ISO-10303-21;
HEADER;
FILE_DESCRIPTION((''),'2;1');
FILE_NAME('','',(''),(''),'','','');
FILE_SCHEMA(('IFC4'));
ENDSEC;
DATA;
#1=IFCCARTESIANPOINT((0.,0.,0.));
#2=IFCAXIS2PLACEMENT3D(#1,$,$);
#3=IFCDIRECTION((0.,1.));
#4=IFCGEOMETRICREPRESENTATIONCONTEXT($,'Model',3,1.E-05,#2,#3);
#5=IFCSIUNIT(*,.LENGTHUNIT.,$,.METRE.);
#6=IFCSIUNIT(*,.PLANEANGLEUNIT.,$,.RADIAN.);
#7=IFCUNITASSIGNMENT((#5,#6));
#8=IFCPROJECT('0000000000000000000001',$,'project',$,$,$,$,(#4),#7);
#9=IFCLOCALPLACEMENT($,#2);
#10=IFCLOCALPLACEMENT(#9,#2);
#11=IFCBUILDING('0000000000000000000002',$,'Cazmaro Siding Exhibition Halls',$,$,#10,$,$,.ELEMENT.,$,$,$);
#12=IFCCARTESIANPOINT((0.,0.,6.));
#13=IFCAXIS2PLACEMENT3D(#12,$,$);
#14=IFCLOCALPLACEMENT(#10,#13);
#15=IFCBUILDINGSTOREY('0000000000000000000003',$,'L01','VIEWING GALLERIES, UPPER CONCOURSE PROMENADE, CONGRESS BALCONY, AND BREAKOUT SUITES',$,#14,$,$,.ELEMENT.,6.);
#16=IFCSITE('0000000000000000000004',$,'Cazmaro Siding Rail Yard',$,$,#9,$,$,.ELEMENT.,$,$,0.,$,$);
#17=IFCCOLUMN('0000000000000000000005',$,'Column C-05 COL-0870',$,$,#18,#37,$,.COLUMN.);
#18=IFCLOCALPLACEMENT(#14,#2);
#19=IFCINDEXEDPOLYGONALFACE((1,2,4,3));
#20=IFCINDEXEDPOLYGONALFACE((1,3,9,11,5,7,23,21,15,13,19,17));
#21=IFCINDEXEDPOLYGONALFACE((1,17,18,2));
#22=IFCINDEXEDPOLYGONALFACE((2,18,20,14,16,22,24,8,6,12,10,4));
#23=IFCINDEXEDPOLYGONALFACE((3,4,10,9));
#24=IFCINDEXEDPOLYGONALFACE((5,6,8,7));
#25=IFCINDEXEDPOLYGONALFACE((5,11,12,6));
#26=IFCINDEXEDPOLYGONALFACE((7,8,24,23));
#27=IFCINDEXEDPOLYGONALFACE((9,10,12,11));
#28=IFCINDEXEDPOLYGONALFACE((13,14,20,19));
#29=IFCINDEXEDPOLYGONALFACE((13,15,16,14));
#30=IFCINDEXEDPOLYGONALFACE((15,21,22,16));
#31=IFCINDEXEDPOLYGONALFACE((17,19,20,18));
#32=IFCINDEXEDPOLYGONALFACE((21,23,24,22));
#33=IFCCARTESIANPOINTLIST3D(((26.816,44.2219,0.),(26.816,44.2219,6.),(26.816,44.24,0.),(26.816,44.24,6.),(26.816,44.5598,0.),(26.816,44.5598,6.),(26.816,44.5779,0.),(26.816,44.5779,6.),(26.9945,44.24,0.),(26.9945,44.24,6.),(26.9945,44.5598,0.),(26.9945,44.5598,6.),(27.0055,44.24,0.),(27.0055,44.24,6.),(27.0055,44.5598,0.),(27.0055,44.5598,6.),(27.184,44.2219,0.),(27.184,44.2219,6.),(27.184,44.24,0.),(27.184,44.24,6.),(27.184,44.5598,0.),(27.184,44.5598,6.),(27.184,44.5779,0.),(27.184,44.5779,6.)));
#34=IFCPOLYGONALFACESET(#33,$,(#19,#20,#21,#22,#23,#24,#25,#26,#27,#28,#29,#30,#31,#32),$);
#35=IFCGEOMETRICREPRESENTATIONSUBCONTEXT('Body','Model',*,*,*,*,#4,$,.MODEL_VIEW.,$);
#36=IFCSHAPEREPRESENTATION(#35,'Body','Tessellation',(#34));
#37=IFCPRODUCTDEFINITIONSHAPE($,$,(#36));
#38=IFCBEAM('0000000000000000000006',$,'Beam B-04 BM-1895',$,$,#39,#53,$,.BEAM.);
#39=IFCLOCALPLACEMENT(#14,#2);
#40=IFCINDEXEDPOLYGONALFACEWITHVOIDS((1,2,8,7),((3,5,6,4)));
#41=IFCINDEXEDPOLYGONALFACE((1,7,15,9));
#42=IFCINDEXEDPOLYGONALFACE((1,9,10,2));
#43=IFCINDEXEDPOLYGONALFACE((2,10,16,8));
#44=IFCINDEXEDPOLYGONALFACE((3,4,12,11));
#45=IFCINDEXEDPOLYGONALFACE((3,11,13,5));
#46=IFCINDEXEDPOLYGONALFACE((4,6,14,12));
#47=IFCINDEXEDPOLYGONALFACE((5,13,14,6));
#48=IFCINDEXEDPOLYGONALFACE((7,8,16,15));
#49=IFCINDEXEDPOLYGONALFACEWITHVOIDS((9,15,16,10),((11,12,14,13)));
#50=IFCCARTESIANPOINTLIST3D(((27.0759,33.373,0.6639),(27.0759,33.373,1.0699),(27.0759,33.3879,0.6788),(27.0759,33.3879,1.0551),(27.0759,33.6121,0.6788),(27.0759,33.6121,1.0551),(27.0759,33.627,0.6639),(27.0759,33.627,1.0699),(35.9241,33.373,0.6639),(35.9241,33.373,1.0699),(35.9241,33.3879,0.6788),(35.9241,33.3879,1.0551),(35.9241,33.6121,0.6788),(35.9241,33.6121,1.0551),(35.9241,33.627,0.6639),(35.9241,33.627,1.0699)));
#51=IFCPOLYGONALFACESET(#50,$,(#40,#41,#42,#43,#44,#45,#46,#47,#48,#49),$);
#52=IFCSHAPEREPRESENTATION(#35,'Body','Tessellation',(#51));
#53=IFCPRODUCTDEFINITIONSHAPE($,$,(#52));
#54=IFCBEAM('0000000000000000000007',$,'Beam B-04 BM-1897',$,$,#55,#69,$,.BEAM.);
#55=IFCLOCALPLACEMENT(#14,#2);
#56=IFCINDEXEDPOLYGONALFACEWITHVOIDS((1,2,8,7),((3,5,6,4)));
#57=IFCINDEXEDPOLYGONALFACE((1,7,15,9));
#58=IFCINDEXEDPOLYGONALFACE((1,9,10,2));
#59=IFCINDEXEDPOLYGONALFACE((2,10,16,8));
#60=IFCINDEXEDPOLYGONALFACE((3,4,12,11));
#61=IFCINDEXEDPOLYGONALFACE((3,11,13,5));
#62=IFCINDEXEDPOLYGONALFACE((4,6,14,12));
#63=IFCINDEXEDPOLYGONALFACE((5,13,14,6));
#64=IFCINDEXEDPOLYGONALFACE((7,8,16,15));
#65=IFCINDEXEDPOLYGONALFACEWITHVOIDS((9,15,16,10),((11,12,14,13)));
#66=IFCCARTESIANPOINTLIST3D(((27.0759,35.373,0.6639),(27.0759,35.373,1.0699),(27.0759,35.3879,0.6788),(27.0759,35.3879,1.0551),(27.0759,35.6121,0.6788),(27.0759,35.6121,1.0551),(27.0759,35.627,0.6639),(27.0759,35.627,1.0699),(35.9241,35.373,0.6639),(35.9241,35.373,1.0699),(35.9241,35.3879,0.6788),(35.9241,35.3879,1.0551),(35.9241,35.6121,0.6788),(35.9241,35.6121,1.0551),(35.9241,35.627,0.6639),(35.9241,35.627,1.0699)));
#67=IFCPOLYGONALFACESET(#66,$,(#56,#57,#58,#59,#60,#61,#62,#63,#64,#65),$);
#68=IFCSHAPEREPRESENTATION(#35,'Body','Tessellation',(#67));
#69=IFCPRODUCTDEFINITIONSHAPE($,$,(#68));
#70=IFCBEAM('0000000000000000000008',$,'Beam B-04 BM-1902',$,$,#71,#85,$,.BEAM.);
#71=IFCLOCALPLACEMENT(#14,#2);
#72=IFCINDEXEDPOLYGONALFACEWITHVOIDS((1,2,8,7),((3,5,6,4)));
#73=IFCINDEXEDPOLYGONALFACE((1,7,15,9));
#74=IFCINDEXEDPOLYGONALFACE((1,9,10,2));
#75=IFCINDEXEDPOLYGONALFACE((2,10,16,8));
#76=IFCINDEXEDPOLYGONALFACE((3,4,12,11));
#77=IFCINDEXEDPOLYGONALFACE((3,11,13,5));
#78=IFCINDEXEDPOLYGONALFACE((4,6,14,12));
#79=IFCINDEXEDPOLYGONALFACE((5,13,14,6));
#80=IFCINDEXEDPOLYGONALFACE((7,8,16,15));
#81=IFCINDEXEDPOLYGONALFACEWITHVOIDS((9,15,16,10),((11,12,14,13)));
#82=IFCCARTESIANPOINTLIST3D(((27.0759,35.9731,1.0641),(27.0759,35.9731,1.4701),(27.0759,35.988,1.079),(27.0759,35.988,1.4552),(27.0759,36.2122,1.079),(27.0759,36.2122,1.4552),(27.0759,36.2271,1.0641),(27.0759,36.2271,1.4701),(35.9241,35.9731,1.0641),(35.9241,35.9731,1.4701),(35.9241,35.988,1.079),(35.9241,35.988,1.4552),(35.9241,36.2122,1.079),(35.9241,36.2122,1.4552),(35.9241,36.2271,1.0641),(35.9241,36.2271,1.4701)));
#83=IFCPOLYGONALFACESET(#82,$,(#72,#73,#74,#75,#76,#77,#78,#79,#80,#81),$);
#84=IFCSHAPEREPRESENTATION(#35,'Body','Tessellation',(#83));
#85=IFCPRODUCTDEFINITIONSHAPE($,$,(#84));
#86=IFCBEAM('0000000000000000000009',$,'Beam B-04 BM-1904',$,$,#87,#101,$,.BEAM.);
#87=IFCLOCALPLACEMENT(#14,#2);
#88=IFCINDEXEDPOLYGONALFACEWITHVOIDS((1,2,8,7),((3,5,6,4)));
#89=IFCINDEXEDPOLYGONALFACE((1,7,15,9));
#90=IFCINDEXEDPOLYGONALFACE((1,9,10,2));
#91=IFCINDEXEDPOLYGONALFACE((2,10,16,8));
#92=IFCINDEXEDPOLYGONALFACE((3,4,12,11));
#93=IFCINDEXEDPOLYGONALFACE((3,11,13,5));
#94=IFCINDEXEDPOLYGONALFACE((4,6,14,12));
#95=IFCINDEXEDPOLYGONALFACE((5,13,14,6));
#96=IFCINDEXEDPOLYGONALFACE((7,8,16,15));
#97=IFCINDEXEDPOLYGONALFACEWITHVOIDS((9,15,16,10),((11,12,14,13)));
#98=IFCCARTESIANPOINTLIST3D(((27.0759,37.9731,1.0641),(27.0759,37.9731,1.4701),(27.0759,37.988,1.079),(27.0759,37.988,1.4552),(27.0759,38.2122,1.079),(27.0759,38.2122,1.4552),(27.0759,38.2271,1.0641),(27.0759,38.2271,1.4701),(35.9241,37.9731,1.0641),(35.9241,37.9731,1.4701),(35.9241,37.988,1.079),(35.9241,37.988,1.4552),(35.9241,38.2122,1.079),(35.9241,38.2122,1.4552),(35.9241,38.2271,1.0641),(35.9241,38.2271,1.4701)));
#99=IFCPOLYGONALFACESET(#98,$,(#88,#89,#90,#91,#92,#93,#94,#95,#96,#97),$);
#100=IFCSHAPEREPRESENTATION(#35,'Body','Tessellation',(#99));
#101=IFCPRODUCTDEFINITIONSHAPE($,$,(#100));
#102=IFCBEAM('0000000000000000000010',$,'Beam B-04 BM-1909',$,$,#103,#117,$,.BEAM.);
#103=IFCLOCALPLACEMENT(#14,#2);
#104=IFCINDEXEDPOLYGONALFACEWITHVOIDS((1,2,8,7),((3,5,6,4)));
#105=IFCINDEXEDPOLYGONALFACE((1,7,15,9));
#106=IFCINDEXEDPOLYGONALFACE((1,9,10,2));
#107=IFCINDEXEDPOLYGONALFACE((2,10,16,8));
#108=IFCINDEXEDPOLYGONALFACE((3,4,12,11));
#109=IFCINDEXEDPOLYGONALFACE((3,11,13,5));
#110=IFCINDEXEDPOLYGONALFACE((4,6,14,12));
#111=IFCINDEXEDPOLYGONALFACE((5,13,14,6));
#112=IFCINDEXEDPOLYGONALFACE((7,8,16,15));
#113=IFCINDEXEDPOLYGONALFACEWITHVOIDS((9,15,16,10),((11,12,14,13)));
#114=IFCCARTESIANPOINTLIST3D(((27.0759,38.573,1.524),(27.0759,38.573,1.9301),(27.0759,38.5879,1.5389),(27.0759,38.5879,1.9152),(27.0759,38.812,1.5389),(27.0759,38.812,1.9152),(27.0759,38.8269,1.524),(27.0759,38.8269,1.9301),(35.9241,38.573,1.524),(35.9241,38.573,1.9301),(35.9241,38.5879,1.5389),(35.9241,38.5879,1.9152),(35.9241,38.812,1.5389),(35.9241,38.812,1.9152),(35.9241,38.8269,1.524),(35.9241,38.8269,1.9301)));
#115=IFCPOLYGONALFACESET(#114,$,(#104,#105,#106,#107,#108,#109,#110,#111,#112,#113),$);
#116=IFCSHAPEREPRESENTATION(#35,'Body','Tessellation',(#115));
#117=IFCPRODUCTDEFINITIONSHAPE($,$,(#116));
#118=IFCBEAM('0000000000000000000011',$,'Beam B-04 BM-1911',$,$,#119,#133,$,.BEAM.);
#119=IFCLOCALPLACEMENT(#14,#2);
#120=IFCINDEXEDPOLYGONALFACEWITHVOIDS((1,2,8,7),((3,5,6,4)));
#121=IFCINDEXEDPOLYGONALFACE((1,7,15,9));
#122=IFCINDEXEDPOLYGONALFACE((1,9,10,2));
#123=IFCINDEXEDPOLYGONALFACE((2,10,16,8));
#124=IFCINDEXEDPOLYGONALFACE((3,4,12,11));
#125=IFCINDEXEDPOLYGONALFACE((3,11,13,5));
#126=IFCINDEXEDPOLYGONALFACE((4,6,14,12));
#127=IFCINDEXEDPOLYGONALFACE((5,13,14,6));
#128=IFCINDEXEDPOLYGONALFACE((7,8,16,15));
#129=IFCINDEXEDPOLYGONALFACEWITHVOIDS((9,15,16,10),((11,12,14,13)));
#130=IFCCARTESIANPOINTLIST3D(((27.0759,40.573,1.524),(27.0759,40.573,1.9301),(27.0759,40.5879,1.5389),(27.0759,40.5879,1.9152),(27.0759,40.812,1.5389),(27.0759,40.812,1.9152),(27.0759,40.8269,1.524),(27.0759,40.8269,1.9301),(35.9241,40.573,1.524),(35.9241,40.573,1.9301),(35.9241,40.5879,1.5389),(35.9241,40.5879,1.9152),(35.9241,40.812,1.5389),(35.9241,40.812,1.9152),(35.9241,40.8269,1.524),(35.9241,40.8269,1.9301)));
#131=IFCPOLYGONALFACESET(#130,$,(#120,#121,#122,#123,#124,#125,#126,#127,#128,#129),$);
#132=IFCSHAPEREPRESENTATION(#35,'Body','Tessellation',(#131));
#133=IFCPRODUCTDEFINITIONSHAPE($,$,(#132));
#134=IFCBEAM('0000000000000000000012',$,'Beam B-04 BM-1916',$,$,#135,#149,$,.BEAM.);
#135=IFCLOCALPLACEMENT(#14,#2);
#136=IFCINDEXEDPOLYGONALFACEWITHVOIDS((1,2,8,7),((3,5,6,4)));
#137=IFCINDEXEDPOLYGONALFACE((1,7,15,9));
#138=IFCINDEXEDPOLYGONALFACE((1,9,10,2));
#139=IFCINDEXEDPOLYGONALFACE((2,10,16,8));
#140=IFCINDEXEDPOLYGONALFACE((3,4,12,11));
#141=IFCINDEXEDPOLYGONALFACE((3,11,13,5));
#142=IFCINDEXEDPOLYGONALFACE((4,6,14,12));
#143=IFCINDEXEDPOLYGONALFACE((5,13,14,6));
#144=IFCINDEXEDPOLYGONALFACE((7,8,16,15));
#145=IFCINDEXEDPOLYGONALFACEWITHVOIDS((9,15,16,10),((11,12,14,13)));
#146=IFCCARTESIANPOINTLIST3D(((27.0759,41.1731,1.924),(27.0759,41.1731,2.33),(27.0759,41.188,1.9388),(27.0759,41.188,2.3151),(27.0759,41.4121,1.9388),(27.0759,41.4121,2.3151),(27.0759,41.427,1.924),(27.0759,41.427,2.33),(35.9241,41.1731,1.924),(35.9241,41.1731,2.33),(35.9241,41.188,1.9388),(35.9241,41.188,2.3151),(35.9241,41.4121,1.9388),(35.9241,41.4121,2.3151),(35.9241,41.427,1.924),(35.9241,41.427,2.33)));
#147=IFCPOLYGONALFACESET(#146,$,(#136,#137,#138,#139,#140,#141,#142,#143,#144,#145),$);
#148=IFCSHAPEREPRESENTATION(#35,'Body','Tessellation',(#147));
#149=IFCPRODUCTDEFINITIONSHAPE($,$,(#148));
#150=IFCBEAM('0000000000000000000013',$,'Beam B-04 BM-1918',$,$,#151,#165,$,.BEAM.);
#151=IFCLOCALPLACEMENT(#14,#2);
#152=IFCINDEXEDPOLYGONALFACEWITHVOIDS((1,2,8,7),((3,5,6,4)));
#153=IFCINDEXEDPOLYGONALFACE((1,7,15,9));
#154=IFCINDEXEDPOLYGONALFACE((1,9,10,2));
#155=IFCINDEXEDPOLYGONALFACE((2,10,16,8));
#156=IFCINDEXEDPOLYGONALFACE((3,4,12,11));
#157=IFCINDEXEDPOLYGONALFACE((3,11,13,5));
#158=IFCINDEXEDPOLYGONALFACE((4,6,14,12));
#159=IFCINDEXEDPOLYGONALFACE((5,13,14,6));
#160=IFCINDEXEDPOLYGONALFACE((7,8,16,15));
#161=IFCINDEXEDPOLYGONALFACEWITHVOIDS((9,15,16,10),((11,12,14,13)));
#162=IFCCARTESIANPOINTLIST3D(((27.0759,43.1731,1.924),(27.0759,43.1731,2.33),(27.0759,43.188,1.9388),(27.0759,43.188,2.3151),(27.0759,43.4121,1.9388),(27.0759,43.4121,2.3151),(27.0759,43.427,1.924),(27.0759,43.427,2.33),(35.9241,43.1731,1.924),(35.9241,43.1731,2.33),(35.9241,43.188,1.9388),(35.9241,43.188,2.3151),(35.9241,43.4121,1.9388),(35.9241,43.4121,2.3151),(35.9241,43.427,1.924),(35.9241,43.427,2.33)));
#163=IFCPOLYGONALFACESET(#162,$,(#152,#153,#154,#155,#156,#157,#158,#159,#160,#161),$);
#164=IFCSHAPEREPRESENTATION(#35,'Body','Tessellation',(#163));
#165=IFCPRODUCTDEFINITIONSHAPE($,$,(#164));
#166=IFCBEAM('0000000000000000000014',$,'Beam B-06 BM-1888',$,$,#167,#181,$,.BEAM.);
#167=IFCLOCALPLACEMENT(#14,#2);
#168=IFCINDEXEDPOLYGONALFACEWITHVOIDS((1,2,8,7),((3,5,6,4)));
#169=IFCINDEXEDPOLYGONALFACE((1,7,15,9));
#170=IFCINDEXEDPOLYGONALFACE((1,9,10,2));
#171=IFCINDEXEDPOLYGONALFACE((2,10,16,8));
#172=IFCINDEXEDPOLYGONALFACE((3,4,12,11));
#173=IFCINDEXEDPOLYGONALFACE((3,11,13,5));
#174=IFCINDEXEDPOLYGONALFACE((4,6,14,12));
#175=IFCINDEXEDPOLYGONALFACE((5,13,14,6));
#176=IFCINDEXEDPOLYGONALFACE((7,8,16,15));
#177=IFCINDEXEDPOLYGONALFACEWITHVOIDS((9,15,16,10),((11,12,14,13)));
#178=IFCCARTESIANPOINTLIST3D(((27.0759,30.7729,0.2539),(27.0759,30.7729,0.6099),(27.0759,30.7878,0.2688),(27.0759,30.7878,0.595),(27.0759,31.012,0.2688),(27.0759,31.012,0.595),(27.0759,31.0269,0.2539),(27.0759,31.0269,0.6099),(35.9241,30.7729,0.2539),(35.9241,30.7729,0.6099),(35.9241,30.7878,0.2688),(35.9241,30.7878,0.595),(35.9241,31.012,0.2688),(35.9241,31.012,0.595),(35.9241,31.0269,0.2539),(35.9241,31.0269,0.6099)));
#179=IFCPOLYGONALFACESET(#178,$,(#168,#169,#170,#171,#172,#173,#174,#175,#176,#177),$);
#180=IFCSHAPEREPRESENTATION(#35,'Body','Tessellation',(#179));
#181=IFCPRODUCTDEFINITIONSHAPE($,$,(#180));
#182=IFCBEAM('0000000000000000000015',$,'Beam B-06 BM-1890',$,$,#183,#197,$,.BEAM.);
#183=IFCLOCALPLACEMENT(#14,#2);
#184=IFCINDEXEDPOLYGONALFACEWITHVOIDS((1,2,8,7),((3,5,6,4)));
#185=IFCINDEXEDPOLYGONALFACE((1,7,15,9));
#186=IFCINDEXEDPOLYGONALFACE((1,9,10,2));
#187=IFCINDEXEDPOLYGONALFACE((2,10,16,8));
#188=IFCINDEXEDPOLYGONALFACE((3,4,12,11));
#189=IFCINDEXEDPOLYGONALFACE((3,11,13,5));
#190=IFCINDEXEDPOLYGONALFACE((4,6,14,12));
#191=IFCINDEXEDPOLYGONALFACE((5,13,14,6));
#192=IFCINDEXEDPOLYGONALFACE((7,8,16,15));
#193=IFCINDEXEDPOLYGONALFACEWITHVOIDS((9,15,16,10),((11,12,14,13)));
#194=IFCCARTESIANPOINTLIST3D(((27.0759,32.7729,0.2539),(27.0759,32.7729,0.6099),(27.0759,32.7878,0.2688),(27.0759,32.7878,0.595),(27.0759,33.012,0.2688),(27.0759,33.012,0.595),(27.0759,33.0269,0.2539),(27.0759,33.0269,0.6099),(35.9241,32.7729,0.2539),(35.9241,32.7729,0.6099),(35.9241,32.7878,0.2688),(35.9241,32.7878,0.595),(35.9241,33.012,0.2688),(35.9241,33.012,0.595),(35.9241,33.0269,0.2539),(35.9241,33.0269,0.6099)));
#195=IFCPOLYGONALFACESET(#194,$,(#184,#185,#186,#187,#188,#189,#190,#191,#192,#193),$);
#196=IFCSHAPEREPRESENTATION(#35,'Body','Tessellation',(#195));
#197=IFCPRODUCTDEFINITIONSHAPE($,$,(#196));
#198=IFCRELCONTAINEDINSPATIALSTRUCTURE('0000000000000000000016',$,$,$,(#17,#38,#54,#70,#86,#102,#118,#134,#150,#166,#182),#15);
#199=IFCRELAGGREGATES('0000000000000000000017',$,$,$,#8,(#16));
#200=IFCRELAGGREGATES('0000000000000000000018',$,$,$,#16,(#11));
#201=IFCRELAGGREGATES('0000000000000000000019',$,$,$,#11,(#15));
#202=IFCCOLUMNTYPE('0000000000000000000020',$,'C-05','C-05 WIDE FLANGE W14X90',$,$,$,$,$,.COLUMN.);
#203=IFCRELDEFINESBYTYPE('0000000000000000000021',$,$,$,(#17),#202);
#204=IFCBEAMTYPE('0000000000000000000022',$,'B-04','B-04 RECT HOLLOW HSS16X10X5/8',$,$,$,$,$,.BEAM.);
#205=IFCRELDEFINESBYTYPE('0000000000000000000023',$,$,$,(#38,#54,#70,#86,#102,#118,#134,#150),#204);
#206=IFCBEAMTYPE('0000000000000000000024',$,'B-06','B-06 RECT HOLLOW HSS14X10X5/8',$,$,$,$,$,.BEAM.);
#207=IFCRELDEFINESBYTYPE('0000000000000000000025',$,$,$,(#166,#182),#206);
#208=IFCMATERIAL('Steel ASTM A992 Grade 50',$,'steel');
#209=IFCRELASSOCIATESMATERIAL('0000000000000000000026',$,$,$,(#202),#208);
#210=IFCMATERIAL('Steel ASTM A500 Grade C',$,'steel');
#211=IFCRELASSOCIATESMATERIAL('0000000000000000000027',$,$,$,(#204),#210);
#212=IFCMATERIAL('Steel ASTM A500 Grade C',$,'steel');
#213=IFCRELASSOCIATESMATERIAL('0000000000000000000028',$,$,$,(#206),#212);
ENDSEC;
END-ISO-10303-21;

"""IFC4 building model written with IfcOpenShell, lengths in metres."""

from ifc_helpers import new_model, si_unit, direction, frame, origin, origin_2d, place, context, subcontext, project, spatial, hollow_rectangle, i_section, extrude, material, material_profile, profile_set, type_object, element, save


model = new_model("IFC4")

# Units and contexts
model_context = context("Model", 3, precision=1e-05, world=origin(), true_north=direction((0.0, 1.0)))
body_context = subcontext(model_context, "Body", "Model", "MODEL_VIEW")
ifc_project = project(units=[si_unit("LENGTHUNIT", "METRE"), si_unit("PLANEANGLEUNIT", "RADIAN")], contexts=[model_context])

# Site, building, storey
site_placement = place(None, origin())
site = spatial("IfcSite", under=ifc_project, at=site_placement, Name="Cazmaro Siding Rail Yard", CompositionType="ELEMENT", RefElevation=0.0)
building_placement = place(site_placement, origin())
building = spatial("IfcBuilding", under=site, at=building_placement, Name="Cazmaro Siding Exhibition Halls", CompositionType="ELEMENT")
storey_placement = place(building_placement, frame((0.0, 0.0, 6.0)))
storey = spatial("IfcBuildingStorey", under=building, at=storey_placement, Name="L01", Description="VIEWING GALLERIES, UPPER CONCOURSE PROMENADE, CONGRESS BALCONY, AND BREAKOUT SUITES", CompositionType="ELEMENT", Elevation=6.0)

# Column
ifc_material_1 = material(Name="Steel ASTM A992 Grade 50", Category="steel")
ifc_material_profile_1 = material_profile(ifc_material_1, i_section(OverallWidth=0.3679, OverallDepth=0.356, WebThickness=0.011, FlangeThickness=0.0181, at=origin_2d()), Name="W14X90")
ifc_profile_set_1 = profile_set([ifc_material_profile_1], Name="Steel ASTM A992 Grade 50")
column_type = type_object("IfcColumnType", Name="C-05", Description="C-05 WIDE FLANGE W14X90", PredefinedType="COLUMN", material=ifc_profile_set_1)
column_placement = place(storey_placement, frame((27.0, 44.3999, 0.0), z_axis=(0.0, 0.0, 1.0), x_axis=(1.0, 0.0, 0.0)))
element("IfcColumn", 1, at=column_placement, inside=storey, type_object=column_type, Name="Column C-05 COL-0870", PredefinedType="COLUMN", context=body_context, shape_type="SweptSolid", body=[
    extrude(i_section(OverallWidth=0.3679, OverallDepth=0.356, WebThickness=0.011, FlangeThickness=0.0181, at=origin_2d()), origin(), (0.0, 0.0, 1.0), 6.0),
])

# Beams
ifc_material_2 = material(Name="Steel ASTM A500 Grade C", Category="steel")
ifc_material_profile_2 = material_profile(ifc_material_2, hollow_rectangle(XDim=0.2539, YDim=0.406, WallThickness=0.0149, at=origin_2d()), Name="HSS16X10X5/8")
ifc_profile_set_2 = profile_set([ifc_material_profile_2], Name="Steel ASTM A500 Grade C")
beam_type_1 = type_object("IfcBeamType", Name="B-04", Description="B-04 RECT HOLLOW HSS16X10X5/8", PredefinedType="BEAM", material=ifc_profile_set_2)
for number, where, z_axis, x_axis, name in (
    (2, (27.0759, 33.5, 0.8669), (1.0, 0.0, 0.0), (0.0, 1.0, 0.0), "Beam B-04 BM-1895"),
    (3, (27.0759, 35.5, 0.8669), (1.0, 0.0, 0.0), (0.0, 1.0, 0.0), "Beam B-04 BM-1897"),
    (4, (27.0759, 36.1001, 1.2671), (1.0, 0.0, 0.0), (0.0, 1.0, 0.0), "Beam B-04 BM-1902"),
    (5, (27.0759, 38.1001, 1.2671), (1.0, 0.0, 0.0), (0.0, 1.0, 0.0), "Beam B-04 BM-1904"),
    (6, (27.0759, 38.7, 1.7271), (1.0, 0.0, 0.0), (0.0, 1.0, 0.0), "Beam B-04 BM-1909"),
    (7, (27.0759, 40.7, 1.7271), (1.0, 0.0, 0.0), (0.0, 1.0, 0.0), "Beam B-04 BM-1911"),
    (8, (27.0759, 41.3, 2.127), (1.0, 0.0, 0.0), (0.0, 1.0, 0.0), "Beam B-04 BM-1916"),
    (9, (27.0759, 43.3, 2.127), (1.0, 0.0, 0.0), (0.0, 1.0, 0.0), "Beam B-04 BM-1918"),
):
    element("IfcBeam", number, at=place(storey_placement, frame(where, z_axis=z_axis, x_axis=x_axis)), inside=storey, type_object=beam_type_1, Name=name, PredefinedType="BEAM", context=body_context, shape_type="SweptSolid", body=[
        extrude(hollow_rectangle(XDim=0.2539, YDim=0.406, WallThickness=0.0149, at=origin_2d()), origin(), (0.0, 0.0, 1.0), 8.8481),
    ])
ifc_material_3 = material(Name="Steel ASTM A500 Grade C", Category="steel")
ifc_material_profile_3 = material_profile(ifc_material_3, hollow_rectangle(XDim=0.2539, YDim=0.356, WallThickness=0.0149, at=origin_2d()), Name="HSS14X10X5/8")
ifc_profile_set_3 = profile_set([ifc_material_profile_3], Name="Steel ASTM A500 Grade C")
beam_type_2 = type_object("IfcBeamType", Name="B-06", Description="B-06 RECT HOLLOW HSS14X10X5/8", PredefinedType="BEAM", material=ifc_profile_set_3)
for number, where, z_axis, x_axis, name in (
    (10, (27.0759, 30.8999, 0.4319), (1.0, 0.0, 0.0), (0.0, 1.0, 0.0), "Beam B-06 BM-1888"),
    (11, (27.0759, 32.8999, 0.4319), (1.0, 0.0, 0.0), (0.0, 1.0, 0.0), "Beam B-06 BM-1890"),
):
    element("IfcBeam", number, at=place(storey_placement, frame(where, z_axis=z_axis, x_axis=x_axis)), inside=storey, type_object=beam_type_2, Name=name, PredefinedType="BEAM", context=body_context, shape_type="SweptSolid", body=[
        extrude(hollow_rectangle(XDim=0.2539, YDim=0.356, WallThickness=0.0149, at=origin_2d()), origin(), (0.0, 0.0, 1.0), 8.8481),
    ])

save(model, "model.ifc")
